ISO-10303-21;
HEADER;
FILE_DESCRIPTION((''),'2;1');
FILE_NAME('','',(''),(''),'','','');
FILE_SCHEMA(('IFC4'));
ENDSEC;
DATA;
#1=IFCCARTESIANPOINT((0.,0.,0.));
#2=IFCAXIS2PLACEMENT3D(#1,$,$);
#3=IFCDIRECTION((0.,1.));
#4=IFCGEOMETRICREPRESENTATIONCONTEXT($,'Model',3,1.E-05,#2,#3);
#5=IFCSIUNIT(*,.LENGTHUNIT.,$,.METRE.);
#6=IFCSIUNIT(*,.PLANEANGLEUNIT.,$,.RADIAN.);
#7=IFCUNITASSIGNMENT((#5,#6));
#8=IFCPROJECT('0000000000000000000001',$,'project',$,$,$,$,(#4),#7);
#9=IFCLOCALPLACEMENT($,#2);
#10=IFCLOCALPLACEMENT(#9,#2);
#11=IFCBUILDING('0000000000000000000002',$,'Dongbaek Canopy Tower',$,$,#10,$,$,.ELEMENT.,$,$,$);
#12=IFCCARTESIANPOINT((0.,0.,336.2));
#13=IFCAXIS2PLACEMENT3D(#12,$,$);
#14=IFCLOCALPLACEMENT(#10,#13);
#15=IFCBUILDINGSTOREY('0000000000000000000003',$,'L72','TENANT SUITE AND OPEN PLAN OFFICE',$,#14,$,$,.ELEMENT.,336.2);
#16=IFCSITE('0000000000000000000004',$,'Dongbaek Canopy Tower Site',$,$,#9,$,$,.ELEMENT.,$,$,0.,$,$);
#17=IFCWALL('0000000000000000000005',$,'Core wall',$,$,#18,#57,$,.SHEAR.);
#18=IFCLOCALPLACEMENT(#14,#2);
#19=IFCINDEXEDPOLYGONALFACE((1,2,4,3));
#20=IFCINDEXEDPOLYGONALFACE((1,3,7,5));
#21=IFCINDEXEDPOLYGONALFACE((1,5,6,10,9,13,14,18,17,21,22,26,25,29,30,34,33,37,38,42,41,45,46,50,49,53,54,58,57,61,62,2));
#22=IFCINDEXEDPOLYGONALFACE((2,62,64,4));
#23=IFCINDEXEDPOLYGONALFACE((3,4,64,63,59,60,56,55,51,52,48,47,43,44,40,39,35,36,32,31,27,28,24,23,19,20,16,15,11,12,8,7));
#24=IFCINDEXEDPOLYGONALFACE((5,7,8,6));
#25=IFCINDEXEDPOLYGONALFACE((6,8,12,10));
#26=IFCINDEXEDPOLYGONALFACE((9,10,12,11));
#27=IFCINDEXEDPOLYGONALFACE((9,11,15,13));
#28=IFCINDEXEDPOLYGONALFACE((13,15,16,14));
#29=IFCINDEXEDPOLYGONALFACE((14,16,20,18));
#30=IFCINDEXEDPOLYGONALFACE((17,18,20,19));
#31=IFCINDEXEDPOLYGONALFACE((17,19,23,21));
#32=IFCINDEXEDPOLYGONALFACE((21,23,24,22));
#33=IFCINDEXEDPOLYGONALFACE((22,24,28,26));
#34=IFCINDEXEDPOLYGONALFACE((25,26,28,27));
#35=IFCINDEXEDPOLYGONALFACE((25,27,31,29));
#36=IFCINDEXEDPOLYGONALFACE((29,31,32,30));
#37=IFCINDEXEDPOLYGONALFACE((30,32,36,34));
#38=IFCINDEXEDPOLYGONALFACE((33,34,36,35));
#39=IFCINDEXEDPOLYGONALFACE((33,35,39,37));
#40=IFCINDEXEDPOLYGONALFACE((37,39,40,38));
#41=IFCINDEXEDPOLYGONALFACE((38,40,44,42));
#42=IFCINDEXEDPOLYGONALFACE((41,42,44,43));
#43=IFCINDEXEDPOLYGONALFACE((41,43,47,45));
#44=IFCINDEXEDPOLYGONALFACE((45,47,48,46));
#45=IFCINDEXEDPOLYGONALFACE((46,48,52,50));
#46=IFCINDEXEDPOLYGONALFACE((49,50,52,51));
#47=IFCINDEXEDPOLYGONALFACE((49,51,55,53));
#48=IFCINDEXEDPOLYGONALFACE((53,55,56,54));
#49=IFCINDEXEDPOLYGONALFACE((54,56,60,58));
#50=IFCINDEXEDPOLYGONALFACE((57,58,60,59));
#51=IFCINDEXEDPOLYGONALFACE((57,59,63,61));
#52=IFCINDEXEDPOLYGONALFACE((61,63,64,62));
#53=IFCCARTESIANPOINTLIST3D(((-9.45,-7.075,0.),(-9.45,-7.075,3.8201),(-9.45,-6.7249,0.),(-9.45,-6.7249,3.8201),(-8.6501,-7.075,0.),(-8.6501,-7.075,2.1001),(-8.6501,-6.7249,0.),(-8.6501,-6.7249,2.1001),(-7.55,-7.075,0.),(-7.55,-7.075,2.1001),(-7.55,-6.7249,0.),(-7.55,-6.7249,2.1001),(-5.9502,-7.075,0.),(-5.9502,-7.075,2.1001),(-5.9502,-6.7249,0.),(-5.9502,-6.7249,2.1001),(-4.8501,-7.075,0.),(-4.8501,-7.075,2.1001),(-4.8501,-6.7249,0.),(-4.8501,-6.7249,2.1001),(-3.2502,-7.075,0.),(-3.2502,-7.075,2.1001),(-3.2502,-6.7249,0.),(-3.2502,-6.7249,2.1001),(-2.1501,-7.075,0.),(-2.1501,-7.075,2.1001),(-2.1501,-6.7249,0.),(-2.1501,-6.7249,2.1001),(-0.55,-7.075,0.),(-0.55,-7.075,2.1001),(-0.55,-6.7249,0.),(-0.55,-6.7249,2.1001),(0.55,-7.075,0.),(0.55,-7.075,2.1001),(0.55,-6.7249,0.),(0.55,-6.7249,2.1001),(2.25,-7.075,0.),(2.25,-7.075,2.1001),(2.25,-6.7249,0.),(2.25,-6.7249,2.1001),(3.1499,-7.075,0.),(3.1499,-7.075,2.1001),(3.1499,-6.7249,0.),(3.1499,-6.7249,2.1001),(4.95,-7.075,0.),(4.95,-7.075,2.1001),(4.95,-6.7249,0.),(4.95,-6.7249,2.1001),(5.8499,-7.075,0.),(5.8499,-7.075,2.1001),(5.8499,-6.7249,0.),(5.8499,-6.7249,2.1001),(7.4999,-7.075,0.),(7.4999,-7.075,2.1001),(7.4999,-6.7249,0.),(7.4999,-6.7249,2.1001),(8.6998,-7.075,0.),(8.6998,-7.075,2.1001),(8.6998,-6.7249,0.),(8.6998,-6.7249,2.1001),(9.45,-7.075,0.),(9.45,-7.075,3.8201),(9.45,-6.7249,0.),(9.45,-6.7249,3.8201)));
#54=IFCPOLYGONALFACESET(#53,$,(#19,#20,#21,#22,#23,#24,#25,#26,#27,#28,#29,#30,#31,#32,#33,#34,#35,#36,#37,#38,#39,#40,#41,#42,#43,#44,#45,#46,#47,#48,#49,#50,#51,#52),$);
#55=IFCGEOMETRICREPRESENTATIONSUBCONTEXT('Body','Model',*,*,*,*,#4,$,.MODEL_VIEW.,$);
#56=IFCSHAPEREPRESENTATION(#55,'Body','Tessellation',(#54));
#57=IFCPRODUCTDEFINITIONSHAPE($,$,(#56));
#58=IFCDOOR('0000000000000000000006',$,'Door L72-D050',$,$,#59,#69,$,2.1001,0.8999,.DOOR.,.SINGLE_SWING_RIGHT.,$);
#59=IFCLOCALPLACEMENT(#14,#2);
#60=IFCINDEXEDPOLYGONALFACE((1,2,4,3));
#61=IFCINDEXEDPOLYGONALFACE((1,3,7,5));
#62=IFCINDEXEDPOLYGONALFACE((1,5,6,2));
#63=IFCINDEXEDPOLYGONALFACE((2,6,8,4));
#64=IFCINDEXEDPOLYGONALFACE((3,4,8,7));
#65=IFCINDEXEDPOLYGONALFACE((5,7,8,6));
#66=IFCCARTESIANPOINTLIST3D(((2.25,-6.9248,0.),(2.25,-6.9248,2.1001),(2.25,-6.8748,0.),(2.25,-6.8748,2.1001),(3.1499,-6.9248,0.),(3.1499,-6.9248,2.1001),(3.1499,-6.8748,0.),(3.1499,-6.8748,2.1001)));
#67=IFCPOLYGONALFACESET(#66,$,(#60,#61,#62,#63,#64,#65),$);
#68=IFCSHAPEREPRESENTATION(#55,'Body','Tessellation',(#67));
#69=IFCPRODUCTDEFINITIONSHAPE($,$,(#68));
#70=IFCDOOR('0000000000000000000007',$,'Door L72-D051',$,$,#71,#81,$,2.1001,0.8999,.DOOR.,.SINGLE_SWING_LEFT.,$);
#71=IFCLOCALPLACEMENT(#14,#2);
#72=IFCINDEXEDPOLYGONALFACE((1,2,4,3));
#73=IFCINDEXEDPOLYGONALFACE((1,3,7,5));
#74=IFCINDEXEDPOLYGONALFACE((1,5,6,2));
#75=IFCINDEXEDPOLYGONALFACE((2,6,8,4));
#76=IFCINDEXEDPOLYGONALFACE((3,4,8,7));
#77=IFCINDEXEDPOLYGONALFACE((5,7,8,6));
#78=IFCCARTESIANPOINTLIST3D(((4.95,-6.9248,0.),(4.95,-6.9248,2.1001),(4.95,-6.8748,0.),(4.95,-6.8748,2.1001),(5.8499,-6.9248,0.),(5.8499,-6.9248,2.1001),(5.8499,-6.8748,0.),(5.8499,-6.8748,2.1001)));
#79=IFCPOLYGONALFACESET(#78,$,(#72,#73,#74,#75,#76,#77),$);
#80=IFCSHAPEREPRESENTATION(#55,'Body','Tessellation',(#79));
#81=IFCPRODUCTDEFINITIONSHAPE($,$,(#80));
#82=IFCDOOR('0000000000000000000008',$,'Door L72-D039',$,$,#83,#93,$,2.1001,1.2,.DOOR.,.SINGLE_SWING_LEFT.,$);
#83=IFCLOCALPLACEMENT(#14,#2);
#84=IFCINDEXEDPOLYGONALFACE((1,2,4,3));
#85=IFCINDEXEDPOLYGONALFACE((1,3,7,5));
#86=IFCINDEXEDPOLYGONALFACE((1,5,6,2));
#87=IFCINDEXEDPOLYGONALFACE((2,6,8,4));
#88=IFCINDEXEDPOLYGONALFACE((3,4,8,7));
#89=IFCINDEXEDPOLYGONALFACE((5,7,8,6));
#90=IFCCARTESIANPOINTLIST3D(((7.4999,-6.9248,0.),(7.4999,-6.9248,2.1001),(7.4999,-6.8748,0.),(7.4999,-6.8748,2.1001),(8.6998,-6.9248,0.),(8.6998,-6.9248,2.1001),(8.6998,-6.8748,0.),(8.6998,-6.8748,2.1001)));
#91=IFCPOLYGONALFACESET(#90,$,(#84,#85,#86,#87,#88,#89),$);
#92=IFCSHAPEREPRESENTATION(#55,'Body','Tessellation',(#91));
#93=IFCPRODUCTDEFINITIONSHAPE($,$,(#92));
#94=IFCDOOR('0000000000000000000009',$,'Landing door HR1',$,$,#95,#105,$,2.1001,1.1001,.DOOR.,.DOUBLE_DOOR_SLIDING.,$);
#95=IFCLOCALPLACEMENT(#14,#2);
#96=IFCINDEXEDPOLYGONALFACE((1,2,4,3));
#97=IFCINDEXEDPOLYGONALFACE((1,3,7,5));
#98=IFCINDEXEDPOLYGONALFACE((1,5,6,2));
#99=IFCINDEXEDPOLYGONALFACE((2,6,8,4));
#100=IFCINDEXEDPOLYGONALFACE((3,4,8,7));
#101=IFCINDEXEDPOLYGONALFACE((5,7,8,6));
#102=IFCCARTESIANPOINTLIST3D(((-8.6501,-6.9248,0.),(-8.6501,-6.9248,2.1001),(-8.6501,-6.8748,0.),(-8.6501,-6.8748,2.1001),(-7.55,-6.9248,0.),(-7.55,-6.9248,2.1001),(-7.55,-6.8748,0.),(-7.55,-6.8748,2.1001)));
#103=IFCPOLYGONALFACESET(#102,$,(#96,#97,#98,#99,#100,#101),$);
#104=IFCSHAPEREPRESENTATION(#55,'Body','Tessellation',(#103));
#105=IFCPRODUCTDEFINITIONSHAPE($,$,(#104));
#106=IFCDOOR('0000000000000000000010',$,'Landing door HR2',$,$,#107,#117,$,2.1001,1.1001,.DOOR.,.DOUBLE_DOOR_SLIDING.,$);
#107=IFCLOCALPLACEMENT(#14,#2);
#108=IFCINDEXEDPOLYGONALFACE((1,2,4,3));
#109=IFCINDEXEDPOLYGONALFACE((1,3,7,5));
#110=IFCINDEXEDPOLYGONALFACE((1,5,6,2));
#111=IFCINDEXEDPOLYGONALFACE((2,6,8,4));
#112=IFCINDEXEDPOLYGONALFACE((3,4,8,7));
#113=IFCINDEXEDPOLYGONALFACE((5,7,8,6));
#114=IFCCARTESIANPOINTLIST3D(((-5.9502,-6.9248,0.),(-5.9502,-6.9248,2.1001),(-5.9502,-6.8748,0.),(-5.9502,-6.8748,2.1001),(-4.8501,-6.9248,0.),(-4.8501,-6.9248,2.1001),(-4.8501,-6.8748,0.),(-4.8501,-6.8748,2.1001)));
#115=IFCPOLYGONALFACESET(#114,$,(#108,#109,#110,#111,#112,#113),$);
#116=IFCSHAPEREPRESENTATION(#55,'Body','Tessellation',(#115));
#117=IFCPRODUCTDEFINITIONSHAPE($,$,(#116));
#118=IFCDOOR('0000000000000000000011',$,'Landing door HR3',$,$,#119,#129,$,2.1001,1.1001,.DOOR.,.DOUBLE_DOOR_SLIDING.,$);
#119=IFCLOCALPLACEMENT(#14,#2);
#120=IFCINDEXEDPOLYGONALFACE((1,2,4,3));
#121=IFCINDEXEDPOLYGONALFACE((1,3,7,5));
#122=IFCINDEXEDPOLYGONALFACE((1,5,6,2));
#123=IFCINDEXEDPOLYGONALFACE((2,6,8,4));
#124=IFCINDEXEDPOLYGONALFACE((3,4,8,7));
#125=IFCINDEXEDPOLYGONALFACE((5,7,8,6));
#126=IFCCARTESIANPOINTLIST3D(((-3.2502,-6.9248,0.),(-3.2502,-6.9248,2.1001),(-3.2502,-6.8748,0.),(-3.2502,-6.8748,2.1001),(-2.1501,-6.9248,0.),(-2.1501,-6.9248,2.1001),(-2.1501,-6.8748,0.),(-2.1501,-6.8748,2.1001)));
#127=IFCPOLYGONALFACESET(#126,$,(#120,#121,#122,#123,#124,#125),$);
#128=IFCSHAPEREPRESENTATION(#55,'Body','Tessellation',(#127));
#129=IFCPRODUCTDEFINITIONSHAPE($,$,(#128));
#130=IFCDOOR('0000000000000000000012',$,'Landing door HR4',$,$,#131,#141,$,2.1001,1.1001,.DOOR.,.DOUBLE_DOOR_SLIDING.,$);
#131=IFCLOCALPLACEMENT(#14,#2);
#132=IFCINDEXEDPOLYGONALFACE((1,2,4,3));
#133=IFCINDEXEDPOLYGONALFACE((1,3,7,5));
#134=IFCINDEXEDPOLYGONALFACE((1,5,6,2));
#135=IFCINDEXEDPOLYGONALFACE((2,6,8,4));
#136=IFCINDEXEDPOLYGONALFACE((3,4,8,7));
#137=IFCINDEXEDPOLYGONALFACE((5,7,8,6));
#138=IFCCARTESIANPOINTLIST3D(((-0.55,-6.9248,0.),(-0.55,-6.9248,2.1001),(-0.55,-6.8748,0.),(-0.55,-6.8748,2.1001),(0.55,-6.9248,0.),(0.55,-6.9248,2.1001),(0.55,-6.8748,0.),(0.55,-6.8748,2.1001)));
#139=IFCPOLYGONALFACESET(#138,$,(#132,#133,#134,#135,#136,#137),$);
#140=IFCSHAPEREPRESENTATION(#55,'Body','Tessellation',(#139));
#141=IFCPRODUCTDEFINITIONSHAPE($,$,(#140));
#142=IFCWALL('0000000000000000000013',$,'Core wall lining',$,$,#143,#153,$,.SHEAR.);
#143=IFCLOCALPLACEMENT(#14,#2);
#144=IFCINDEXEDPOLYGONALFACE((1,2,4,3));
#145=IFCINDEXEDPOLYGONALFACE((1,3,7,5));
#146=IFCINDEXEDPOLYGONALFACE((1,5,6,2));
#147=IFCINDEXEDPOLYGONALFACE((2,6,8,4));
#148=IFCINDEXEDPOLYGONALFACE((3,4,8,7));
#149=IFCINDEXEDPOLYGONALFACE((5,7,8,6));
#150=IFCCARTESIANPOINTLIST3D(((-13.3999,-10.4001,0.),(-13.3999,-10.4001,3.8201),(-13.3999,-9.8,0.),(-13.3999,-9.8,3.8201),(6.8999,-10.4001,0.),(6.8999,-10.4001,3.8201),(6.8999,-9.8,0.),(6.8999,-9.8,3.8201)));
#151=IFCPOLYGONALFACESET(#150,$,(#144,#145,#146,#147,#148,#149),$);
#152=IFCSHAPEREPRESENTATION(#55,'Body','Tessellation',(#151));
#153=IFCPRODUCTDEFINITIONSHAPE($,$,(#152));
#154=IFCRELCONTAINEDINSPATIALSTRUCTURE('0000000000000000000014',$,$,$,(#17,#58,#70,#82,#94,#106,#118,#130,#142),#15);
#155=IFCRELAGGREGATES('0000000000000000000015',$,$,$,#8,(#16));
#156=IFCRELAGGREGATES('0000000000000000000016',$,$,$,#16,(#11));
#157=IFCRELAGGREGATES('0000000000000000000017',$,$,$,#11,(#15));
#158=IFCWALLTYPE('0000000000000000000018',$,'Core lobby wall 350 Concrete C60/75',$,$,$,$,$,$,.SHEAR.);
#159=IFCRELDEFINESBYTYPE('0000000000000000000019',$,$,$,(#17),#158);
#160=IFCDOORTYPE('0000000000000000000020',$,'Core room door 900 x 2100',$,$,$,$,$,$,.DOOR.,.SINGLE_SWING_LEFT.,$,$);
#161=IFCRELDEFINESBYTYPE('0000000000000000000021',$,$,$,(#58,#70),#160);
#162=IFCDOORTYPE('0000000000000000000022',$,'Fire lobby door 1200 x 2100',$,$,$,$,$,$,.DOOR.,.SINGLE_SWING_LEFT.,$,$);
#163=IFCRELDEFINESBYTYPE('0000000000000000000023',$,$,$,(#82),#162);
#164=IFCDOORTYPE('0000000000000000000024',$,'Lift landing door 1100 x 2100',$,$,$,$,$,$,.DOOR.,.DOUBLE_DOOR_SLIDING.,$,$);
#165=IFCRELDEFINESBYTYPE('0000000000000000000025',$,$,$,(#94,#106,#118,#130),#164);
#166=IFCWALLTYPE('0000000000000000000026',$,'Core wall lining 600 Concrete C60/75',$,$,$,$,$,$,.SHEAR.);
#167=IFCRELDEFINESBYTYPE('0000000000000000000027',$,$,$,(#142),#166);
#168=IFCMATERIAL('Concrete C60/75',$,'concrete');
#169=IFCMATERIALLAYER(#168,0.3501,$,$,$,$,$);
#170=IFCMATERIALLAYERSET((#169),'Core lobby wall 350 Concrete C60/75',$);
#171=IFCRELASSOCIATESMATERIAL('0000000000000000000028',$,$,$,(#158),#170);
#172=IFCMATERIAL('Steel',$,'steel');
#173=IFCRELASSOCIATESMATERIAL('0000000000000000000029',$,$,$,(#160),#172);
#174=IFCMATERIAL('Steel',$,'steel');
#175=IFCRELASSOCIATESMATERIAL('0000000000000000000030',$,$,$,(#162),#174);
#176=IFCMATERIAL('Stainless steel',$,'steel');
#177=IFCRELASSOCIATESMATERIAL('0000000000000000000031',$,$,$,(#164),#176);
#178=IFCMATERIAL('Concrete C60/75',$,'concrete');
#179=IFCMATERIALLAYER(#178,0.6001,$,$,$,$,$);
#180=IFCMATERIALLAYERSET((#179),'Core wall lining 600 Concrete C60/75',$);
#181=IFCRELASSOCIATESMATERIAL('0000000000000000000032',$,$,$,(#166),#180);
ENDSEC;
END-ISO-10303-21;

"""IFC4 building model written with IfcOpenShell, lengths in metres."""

from ifc_helpers import new_model, si_unit, direction, frame, frame_2d, origin, place, context, subcontext, project, spatial, rectangle, extrude, material, layer, layer_set, type_object, element, fill, save


model = new_model("IFC4")

# Units and contexts
model_context = context("Model", 3, precision=1e-05, world=origin(), true_north=direction((0.0, 1.0)))
body_context = subcontext(model_context, "Body", "Model", "MODEL_VIEW")
ifc_project = project(units=[si_unit("LENGTHUNIT", "METRE"), si_unit("PLANEANGLEUNIT", "RADIAN")], contexts=[model_context])

# Site, building, storey
site_placement = place(None, origin())
site = spatial("IfcSite", under=ifc_project, at=site_placement, Name="Dongbaek Canopy Tower Site", CompositionType="ELEMENT", RefElevation=0.0)
building_placement = place(site_placement, origin())
building = spatial("IfcBuilding", under=site, at=building_placement, Name="Dongbaek Canopy Tower", CompositionType="ELEMENT")
storey_placement = place(building_placement, frame((0.0, 0.0, 336.2)))
storey = spatial("IfcBuildingStorey", under=building, at=storey_placement, Name="L72", Description="TENANT SUITE AND OPEN PLAN OFFICE", CompositionType="ELEMENT", Elevation=336.2)

# Wall, openings, doors
ifc_material_1 = material(Name="Concrete C60/75", Category="concrete")
ifc_layer_1 = layer(ifc_material_1, 0.3501)
ifc_layer_set_1 = layer_set([ifc_layer_1], Name="Core lobby wall 350 Concrete C60/75")
wall_type_1 = type_object("IfcWallType", Name="Core lobby wall 350 Concrete C60/75", PredefinedType="SHEAR", material=ifc_layer_set_1)
wall_1_placement = place(storey_placement, frame((9.45, -6.8999, 0.0), z_axis=(0.0, 0.0, 1.0), x_axis=(-1.0, 0.0, 0.0)))
wall_1 = element("IfcWall", 1, at=wall_1_placement, inside=storey, type_object=wall_type_1, Name="Core wall", PredefinedType="SHEAR", context=body_context, shape_type="SweptSolid", body=[
    extrude(rectangle(XDim=18.8999, YDim=0.3501, at=frame_2d((9.45, 0.0))), origin(), (0.0, 0.0, 1.0), 3.8201),
])
opening_1_placement = place(wall_1_placement, frame((17.0, 0.0, 0.0)))
opening_1 = element("IfcOpeningElement", 2, at=opening_1_placement, cuts=wall_1, PredefinedType="OPENING", context=body_context, shape_type="SweptSolid", body=[
    extrude(rectangle(XDim=1.1001, YDim=2.1001, at=frame_2d((0.55, 1.05))), frame((0.0, 0.1851, 0.0), z_axis=(0.0, -1.0, 0.0), x_axis=(1.0, 0.0, 0.0)), (0.0, 0.0, 1.0), 0.3701),
])
opening_2_placement = place(wall_1_placement, frame((14.3, 0.0, 0.0)))
opening_2 = element("IfcOpeningElement", 3, at=opening_2_placement, cuts=wall_1, PredefinedType="OPENING", context=body_context, shape_type="SweptSolid", body=[
    extrude(rectangle(XDim=1.1001, YDim=2.1001, at=frame_2d((0.55, 1.05))), frame((0.0, 0.1851, 0.0), z_axis=(0.0, -1.0, 0.0), x_axis=(1.0, 0.0, 0.0)), (0.0, 0.0, 1.0), 0.3701),
])
opening_3_placement = place(wall_1_placement, frame((11.6001, 0.0, 0.0)))
opening_3 = element("IfcOpeningElement", 4, at=opening_3_placement, cuts=wall_1, PredefinedType="OPENING", context=body_context, shape_type="SweptSolid", body=[
    extrude(rectangle(XDim=1.1001, YDim=2.1001, at=frame_2d((0.55, 1.05))), frame((0.0, 0.1851, 0.0), z_axis=(0.0, -1.0, 0.0), x_axis=(1.0, 0.0, 0.0)), (0.0, 0.0, 1.0), 0.3701),
])
opening_4_placement = place(wall_1_placement, frame((8.8999, 0.0, 0.0)))
opening_4 = element("IfcOpeningElement", 5, at=opening_4_placement, cuts=wall_1, PredefinedType="OPENING", context=body_context, shape_type="SweptSolid", body=[
    extrude(rectangle(XDim=1.1001, YDim=2.1001, at=frame_2d((0.55, 1.05))), frame((0.0, 0.1851, 0.0), z_axis=(0.0, -1.0, 0.0), x_axis=(1.0, 0.0, 0.0)), (0.0, 0.0, 1.0), 0.3701),
])
opening_5_placement = place(wall_1_placement, frame((0.75, 0.0, 0.0)))
opening_5 = element("IfcOpeningElement", 6, at=opening_5_placement, cuts=wall_1, PredefinedType="OPENING", context=body_context, shape_type="SweptSolid", body=[
    extrude(rectangle(XDim=1.2, YDim=2.1001, at=frame_2d((0.6001, 1.05))), frame((0.0, 0.1851, 0.0), z_axis=(0.0, -1.0, 0.0), x_axis=(1.0, 0.0, 0.0)), (0.0, 0.0, 1.0), 0.3701),
])
opening_6_placement = place(wall_1_placement, frame((6.3, 0.0, 0.0)))
opening_6 = element("IfcOpeningElement", 7, at=opening_6_placement, cuts=wall_1, PredefinedType="OPENING", context=body_context, shape_type="SweptSolid", body=[
    extrude(rectangle(XDim=0.8999, YDim=2.1001, at=frame_2d((0.45, 1.05))), frame((0.0, 0.1851, 0.0), z_axis=(0.0, -1.0, 0.0), x_axis=(1.0, 0.0, 0.0)), (0.0, 0.0, 1.0), 0.3701),
])
opening_7_placement = place(wall_1_placement, frame((3.6001, 0.0, 0.0)))
opening_7 = element("IfcOpeningElement", 8, at=opening_7_placement, cuts=wall_1, PredefinedType="OPENING", context=body_context, shape_type="SweptSolid", body=[
    extrude(rectangle(XDim=0.8999, YDim=2.1001, at=frame_2d((0.45, 1.05))), frame((0.0, 0.1851, 0.0), z_axis=(0.0, -1.0, 0.0), x_axis=(1.0, 0.0, 0.0)), (0.0, 0.0, 1.0), 0.3701),
])
ifc_material_2 = material(Name="Steel", Category="steel")
door_type_1 = type_object("IfcDoorType", Name="Core room door 900 x 2100", OperationType="SINGLE_SWING_LEFT", PredefinedType="DOOR", material=ifc_material_2)
door_1_placement = place(opening_6_placement, origin())
door_1 = element("IfcDoor", 9, at=door_1_placement, inside=storey, type_object=door_type_1, Name="Door L72-D050", OperationType="SINGLE_SWING_RIGHT", OverallHeight=2.1001, OverallWidth=0.8999, PredefinedType="DOOR", context=body_context, shape_type="SweptSolid", body=[
    extrude(rectangle(XDim=0.8999, YDim=2.1001, at=frame_2d((0.45, 1.05))), frame((0.0, 0.0249, 0.0), z_axis=(0.0, -1.0, 0.0), x_axis=(1.0, 0.0, 0.0)), (0.0, 0.0, 1.0), 0.05),
])
fill(opening_6, door_1)
door_2_placement = place(opening_7_placement, origin())
door_2 = element("IfcDoor", 10, at=door_2_placement, inside=storey, type_object=door_type_1, Name="Door L72-D051", OperationType="SINGLE_SWING_LEFT", OverallHeight=2.1001, OverallWidth=0.8999, PredefinedType="DOOR", context=body_context, shape_type="SweptSolid", body=[
    extrude(rectangle(XDim=0.8999, YDim=2.1001, at=frame_2d((0.45, 1.05))), frame((0.0, 0.0249, 0.0), z_axis=(0.0, -1.0, 0.0), x_axis=(1.0, 0.0, 0.0)), (0.0, 0.0, 1.0), 0.05),
])
fill(opening_7, door_2)
ifc_material_3 = material(Name="Steel", Category="steel")
door_type_2 = type_object("IfcDoorType", Name="Fire lobby door 1200 x 2100", OperationType="SINGLE_SWING_LEFT", PredefinedType="DOOR", material=ifc_material_3)
door_3_placement = place(opening_5_placement, origin())
door_3 = element("IfcDoor", 11, at=door_3_placement, inside=storey, type_object=door_type_2, Name="Door L72-D039", OperationType="SINGLE_SWING_LEFT", OverallHeight=2.1001, OverallWidth=1.2, PredefinedType="DOOR", context=body_context, shape_type="SweptSolid", body=[
    extrude(rectangle(XDim=1.2, YDim=2.1001, at=frame_2d((0.6001, 1.05))), frame((0.0, 0.0249, 0.0), z_axis=(0.0, -1.0, 0.0), x_axis=(1.0, 0.0, 0.0)), (0.0, 0.0, 1.0), 0.05),
])
fill(opening_5, door_3)
ifc_material_4 = material(Name="Stainless steel", Category="steel")
door_type_3 = type_object("IfcDoorType", Name="Lift landing door 1100 x 2100", OperationType="DOUBLE_DOOR_SLIDING", PredefinedType="DOOR", material=ifc_material_4)
door_4_placement = place(opening_1_placement, origin())
door_4 = element("IfcDoor", 12, at=door_4_placement, inside=storey, type_object=door_type_3, Name="Landing door HR1", OperationType="DOUBLE_DOOR_SLIDING", OverallHeight=2.1001, OverallWidth=1.1001, PredefinedType="DOOR", context=body_context, shape_type="SweptSolid", body=[
    extrude(rectangle(XDim=1.1001, YDim=2.1001, at=frame_2d((0.55, 1.05))), frame((0.0, 0.0249, 0.0), z_axis=(0.0, -1.0, 0.0), x_axis=(1.0, 0.0, 0.0)), (0.0, 0.0, 1.0), 0.05),
])
fill(opening_1, door_4)
door_5_placement = place(opening_2_placement, origin())
door_5 = element("IfcDoor", 13, at=door_5_placement, inside=storey, type_object=door_type_3, Name="Landing door HR2", OperationType="DOUBLE_DOOR_SLIDING", OverallHeight=2.1001, OverallWidth=1.1001, PredefinedType="DOOR", context=body_context, shape_type="SweptSolid", body=[
    extrude(rectangle(XDim=1.1001, YDim=2.1001, at=frame_2d((0.55, 1.05))), frame((0.0, 0.0249, 0.0), z_axis=(0.0, -1.0, 0.0), x_axis=(1.0, 0.0, 0.0)), (0.0, 0.0, 1.0), 0.05),
])
fill(opening_2, door_5)
door_6_placement = place(opening_3_placement, origin())
door_6 = element("IfcDoor", 14, at=door_6_placement, inside=storey, type_object=door_type_3, Name="Landing door HR3", OperationType="DOUBLE_DOOR_SLIDING", OverallHeight=2.1001, OverallWidth=1.1001, PredefinedType="DOOR", context=body_context, shape_type="SweptSolid", body=[
    extrude(rectangle(XDim=1.1001, YDim=2.1001, at=frame_2d((0.55, 1.05))), frame((0.0, 0.0249, 0.0), z_axis=(0.0, -1.0, 0.0), x_axis=(1.0, 0.0, 0.0)), (0.0, 0.0, 1.0), 0.05),
])
fill(opening_3, door_6)
door_7_placement = place(opening_4_placement, origin())
door_7 = element("IfcDoor", 15, at=door_7_placement, inside=storey, type_object=door_type_3, Name="Landing door HR4", OperationType="DOUBLE_DOOR_SLIDING", OverallHeight=2.1001, OverallWidth=1.1001, PredefinedType="DOOR", context=body_context, shape_type="SweptSolid", body=[
    extrude(rectangle(XDim=1.1001, YDim=2.1001, at=frame_2d((0.55, 1.05))), frame((0.0, 0.0249, 0.0), z_axis=(0.0, -1.0, 0.0), x_axis=(1.0, 0.0, 0.0)), (0.0, 0.0, 1.0), 0.05),
])
fill(opening_4, door_7)

# Wall
ifc_material_5 = material(Name="Concrete C60/75", Category="concrete")
ifc_layer_2 = layer(ifc_material_5, 0.6001)
ifc_layer_set_2 = layer_set([ifc_layer_2], Name="Core wall lining 600 Concrete C60/75")
wall_type_2 = type_object("IfcWallType", Name="Core wall lining 600 Concrete C60/75", PredefinedType="SHEAR", material=ifc_layer_set_2)
wall_2_placement = place(storey_placement, frame((6.8999, -10.1001, 0.0), z_axis=(0.0, 0.0, 1.0), x_axis=(-1.0, 0.0, 0.0)))
element("IfcWall", 16, at=wall_2_placement, inside=storey, type_object=wall_type_2, Name="Core wall lining", PredefinedType="SHEAR", context=body_context, shape_type="SweptSolid", body=[
    extrude(rectangle(XDim=20.2998, YDim=0.6001, at=frame_2d((10.1499, 0.0))), origin(), (0.0, 0.0, 1.0), 3.8201),
])

save(model, "model.ifc")
